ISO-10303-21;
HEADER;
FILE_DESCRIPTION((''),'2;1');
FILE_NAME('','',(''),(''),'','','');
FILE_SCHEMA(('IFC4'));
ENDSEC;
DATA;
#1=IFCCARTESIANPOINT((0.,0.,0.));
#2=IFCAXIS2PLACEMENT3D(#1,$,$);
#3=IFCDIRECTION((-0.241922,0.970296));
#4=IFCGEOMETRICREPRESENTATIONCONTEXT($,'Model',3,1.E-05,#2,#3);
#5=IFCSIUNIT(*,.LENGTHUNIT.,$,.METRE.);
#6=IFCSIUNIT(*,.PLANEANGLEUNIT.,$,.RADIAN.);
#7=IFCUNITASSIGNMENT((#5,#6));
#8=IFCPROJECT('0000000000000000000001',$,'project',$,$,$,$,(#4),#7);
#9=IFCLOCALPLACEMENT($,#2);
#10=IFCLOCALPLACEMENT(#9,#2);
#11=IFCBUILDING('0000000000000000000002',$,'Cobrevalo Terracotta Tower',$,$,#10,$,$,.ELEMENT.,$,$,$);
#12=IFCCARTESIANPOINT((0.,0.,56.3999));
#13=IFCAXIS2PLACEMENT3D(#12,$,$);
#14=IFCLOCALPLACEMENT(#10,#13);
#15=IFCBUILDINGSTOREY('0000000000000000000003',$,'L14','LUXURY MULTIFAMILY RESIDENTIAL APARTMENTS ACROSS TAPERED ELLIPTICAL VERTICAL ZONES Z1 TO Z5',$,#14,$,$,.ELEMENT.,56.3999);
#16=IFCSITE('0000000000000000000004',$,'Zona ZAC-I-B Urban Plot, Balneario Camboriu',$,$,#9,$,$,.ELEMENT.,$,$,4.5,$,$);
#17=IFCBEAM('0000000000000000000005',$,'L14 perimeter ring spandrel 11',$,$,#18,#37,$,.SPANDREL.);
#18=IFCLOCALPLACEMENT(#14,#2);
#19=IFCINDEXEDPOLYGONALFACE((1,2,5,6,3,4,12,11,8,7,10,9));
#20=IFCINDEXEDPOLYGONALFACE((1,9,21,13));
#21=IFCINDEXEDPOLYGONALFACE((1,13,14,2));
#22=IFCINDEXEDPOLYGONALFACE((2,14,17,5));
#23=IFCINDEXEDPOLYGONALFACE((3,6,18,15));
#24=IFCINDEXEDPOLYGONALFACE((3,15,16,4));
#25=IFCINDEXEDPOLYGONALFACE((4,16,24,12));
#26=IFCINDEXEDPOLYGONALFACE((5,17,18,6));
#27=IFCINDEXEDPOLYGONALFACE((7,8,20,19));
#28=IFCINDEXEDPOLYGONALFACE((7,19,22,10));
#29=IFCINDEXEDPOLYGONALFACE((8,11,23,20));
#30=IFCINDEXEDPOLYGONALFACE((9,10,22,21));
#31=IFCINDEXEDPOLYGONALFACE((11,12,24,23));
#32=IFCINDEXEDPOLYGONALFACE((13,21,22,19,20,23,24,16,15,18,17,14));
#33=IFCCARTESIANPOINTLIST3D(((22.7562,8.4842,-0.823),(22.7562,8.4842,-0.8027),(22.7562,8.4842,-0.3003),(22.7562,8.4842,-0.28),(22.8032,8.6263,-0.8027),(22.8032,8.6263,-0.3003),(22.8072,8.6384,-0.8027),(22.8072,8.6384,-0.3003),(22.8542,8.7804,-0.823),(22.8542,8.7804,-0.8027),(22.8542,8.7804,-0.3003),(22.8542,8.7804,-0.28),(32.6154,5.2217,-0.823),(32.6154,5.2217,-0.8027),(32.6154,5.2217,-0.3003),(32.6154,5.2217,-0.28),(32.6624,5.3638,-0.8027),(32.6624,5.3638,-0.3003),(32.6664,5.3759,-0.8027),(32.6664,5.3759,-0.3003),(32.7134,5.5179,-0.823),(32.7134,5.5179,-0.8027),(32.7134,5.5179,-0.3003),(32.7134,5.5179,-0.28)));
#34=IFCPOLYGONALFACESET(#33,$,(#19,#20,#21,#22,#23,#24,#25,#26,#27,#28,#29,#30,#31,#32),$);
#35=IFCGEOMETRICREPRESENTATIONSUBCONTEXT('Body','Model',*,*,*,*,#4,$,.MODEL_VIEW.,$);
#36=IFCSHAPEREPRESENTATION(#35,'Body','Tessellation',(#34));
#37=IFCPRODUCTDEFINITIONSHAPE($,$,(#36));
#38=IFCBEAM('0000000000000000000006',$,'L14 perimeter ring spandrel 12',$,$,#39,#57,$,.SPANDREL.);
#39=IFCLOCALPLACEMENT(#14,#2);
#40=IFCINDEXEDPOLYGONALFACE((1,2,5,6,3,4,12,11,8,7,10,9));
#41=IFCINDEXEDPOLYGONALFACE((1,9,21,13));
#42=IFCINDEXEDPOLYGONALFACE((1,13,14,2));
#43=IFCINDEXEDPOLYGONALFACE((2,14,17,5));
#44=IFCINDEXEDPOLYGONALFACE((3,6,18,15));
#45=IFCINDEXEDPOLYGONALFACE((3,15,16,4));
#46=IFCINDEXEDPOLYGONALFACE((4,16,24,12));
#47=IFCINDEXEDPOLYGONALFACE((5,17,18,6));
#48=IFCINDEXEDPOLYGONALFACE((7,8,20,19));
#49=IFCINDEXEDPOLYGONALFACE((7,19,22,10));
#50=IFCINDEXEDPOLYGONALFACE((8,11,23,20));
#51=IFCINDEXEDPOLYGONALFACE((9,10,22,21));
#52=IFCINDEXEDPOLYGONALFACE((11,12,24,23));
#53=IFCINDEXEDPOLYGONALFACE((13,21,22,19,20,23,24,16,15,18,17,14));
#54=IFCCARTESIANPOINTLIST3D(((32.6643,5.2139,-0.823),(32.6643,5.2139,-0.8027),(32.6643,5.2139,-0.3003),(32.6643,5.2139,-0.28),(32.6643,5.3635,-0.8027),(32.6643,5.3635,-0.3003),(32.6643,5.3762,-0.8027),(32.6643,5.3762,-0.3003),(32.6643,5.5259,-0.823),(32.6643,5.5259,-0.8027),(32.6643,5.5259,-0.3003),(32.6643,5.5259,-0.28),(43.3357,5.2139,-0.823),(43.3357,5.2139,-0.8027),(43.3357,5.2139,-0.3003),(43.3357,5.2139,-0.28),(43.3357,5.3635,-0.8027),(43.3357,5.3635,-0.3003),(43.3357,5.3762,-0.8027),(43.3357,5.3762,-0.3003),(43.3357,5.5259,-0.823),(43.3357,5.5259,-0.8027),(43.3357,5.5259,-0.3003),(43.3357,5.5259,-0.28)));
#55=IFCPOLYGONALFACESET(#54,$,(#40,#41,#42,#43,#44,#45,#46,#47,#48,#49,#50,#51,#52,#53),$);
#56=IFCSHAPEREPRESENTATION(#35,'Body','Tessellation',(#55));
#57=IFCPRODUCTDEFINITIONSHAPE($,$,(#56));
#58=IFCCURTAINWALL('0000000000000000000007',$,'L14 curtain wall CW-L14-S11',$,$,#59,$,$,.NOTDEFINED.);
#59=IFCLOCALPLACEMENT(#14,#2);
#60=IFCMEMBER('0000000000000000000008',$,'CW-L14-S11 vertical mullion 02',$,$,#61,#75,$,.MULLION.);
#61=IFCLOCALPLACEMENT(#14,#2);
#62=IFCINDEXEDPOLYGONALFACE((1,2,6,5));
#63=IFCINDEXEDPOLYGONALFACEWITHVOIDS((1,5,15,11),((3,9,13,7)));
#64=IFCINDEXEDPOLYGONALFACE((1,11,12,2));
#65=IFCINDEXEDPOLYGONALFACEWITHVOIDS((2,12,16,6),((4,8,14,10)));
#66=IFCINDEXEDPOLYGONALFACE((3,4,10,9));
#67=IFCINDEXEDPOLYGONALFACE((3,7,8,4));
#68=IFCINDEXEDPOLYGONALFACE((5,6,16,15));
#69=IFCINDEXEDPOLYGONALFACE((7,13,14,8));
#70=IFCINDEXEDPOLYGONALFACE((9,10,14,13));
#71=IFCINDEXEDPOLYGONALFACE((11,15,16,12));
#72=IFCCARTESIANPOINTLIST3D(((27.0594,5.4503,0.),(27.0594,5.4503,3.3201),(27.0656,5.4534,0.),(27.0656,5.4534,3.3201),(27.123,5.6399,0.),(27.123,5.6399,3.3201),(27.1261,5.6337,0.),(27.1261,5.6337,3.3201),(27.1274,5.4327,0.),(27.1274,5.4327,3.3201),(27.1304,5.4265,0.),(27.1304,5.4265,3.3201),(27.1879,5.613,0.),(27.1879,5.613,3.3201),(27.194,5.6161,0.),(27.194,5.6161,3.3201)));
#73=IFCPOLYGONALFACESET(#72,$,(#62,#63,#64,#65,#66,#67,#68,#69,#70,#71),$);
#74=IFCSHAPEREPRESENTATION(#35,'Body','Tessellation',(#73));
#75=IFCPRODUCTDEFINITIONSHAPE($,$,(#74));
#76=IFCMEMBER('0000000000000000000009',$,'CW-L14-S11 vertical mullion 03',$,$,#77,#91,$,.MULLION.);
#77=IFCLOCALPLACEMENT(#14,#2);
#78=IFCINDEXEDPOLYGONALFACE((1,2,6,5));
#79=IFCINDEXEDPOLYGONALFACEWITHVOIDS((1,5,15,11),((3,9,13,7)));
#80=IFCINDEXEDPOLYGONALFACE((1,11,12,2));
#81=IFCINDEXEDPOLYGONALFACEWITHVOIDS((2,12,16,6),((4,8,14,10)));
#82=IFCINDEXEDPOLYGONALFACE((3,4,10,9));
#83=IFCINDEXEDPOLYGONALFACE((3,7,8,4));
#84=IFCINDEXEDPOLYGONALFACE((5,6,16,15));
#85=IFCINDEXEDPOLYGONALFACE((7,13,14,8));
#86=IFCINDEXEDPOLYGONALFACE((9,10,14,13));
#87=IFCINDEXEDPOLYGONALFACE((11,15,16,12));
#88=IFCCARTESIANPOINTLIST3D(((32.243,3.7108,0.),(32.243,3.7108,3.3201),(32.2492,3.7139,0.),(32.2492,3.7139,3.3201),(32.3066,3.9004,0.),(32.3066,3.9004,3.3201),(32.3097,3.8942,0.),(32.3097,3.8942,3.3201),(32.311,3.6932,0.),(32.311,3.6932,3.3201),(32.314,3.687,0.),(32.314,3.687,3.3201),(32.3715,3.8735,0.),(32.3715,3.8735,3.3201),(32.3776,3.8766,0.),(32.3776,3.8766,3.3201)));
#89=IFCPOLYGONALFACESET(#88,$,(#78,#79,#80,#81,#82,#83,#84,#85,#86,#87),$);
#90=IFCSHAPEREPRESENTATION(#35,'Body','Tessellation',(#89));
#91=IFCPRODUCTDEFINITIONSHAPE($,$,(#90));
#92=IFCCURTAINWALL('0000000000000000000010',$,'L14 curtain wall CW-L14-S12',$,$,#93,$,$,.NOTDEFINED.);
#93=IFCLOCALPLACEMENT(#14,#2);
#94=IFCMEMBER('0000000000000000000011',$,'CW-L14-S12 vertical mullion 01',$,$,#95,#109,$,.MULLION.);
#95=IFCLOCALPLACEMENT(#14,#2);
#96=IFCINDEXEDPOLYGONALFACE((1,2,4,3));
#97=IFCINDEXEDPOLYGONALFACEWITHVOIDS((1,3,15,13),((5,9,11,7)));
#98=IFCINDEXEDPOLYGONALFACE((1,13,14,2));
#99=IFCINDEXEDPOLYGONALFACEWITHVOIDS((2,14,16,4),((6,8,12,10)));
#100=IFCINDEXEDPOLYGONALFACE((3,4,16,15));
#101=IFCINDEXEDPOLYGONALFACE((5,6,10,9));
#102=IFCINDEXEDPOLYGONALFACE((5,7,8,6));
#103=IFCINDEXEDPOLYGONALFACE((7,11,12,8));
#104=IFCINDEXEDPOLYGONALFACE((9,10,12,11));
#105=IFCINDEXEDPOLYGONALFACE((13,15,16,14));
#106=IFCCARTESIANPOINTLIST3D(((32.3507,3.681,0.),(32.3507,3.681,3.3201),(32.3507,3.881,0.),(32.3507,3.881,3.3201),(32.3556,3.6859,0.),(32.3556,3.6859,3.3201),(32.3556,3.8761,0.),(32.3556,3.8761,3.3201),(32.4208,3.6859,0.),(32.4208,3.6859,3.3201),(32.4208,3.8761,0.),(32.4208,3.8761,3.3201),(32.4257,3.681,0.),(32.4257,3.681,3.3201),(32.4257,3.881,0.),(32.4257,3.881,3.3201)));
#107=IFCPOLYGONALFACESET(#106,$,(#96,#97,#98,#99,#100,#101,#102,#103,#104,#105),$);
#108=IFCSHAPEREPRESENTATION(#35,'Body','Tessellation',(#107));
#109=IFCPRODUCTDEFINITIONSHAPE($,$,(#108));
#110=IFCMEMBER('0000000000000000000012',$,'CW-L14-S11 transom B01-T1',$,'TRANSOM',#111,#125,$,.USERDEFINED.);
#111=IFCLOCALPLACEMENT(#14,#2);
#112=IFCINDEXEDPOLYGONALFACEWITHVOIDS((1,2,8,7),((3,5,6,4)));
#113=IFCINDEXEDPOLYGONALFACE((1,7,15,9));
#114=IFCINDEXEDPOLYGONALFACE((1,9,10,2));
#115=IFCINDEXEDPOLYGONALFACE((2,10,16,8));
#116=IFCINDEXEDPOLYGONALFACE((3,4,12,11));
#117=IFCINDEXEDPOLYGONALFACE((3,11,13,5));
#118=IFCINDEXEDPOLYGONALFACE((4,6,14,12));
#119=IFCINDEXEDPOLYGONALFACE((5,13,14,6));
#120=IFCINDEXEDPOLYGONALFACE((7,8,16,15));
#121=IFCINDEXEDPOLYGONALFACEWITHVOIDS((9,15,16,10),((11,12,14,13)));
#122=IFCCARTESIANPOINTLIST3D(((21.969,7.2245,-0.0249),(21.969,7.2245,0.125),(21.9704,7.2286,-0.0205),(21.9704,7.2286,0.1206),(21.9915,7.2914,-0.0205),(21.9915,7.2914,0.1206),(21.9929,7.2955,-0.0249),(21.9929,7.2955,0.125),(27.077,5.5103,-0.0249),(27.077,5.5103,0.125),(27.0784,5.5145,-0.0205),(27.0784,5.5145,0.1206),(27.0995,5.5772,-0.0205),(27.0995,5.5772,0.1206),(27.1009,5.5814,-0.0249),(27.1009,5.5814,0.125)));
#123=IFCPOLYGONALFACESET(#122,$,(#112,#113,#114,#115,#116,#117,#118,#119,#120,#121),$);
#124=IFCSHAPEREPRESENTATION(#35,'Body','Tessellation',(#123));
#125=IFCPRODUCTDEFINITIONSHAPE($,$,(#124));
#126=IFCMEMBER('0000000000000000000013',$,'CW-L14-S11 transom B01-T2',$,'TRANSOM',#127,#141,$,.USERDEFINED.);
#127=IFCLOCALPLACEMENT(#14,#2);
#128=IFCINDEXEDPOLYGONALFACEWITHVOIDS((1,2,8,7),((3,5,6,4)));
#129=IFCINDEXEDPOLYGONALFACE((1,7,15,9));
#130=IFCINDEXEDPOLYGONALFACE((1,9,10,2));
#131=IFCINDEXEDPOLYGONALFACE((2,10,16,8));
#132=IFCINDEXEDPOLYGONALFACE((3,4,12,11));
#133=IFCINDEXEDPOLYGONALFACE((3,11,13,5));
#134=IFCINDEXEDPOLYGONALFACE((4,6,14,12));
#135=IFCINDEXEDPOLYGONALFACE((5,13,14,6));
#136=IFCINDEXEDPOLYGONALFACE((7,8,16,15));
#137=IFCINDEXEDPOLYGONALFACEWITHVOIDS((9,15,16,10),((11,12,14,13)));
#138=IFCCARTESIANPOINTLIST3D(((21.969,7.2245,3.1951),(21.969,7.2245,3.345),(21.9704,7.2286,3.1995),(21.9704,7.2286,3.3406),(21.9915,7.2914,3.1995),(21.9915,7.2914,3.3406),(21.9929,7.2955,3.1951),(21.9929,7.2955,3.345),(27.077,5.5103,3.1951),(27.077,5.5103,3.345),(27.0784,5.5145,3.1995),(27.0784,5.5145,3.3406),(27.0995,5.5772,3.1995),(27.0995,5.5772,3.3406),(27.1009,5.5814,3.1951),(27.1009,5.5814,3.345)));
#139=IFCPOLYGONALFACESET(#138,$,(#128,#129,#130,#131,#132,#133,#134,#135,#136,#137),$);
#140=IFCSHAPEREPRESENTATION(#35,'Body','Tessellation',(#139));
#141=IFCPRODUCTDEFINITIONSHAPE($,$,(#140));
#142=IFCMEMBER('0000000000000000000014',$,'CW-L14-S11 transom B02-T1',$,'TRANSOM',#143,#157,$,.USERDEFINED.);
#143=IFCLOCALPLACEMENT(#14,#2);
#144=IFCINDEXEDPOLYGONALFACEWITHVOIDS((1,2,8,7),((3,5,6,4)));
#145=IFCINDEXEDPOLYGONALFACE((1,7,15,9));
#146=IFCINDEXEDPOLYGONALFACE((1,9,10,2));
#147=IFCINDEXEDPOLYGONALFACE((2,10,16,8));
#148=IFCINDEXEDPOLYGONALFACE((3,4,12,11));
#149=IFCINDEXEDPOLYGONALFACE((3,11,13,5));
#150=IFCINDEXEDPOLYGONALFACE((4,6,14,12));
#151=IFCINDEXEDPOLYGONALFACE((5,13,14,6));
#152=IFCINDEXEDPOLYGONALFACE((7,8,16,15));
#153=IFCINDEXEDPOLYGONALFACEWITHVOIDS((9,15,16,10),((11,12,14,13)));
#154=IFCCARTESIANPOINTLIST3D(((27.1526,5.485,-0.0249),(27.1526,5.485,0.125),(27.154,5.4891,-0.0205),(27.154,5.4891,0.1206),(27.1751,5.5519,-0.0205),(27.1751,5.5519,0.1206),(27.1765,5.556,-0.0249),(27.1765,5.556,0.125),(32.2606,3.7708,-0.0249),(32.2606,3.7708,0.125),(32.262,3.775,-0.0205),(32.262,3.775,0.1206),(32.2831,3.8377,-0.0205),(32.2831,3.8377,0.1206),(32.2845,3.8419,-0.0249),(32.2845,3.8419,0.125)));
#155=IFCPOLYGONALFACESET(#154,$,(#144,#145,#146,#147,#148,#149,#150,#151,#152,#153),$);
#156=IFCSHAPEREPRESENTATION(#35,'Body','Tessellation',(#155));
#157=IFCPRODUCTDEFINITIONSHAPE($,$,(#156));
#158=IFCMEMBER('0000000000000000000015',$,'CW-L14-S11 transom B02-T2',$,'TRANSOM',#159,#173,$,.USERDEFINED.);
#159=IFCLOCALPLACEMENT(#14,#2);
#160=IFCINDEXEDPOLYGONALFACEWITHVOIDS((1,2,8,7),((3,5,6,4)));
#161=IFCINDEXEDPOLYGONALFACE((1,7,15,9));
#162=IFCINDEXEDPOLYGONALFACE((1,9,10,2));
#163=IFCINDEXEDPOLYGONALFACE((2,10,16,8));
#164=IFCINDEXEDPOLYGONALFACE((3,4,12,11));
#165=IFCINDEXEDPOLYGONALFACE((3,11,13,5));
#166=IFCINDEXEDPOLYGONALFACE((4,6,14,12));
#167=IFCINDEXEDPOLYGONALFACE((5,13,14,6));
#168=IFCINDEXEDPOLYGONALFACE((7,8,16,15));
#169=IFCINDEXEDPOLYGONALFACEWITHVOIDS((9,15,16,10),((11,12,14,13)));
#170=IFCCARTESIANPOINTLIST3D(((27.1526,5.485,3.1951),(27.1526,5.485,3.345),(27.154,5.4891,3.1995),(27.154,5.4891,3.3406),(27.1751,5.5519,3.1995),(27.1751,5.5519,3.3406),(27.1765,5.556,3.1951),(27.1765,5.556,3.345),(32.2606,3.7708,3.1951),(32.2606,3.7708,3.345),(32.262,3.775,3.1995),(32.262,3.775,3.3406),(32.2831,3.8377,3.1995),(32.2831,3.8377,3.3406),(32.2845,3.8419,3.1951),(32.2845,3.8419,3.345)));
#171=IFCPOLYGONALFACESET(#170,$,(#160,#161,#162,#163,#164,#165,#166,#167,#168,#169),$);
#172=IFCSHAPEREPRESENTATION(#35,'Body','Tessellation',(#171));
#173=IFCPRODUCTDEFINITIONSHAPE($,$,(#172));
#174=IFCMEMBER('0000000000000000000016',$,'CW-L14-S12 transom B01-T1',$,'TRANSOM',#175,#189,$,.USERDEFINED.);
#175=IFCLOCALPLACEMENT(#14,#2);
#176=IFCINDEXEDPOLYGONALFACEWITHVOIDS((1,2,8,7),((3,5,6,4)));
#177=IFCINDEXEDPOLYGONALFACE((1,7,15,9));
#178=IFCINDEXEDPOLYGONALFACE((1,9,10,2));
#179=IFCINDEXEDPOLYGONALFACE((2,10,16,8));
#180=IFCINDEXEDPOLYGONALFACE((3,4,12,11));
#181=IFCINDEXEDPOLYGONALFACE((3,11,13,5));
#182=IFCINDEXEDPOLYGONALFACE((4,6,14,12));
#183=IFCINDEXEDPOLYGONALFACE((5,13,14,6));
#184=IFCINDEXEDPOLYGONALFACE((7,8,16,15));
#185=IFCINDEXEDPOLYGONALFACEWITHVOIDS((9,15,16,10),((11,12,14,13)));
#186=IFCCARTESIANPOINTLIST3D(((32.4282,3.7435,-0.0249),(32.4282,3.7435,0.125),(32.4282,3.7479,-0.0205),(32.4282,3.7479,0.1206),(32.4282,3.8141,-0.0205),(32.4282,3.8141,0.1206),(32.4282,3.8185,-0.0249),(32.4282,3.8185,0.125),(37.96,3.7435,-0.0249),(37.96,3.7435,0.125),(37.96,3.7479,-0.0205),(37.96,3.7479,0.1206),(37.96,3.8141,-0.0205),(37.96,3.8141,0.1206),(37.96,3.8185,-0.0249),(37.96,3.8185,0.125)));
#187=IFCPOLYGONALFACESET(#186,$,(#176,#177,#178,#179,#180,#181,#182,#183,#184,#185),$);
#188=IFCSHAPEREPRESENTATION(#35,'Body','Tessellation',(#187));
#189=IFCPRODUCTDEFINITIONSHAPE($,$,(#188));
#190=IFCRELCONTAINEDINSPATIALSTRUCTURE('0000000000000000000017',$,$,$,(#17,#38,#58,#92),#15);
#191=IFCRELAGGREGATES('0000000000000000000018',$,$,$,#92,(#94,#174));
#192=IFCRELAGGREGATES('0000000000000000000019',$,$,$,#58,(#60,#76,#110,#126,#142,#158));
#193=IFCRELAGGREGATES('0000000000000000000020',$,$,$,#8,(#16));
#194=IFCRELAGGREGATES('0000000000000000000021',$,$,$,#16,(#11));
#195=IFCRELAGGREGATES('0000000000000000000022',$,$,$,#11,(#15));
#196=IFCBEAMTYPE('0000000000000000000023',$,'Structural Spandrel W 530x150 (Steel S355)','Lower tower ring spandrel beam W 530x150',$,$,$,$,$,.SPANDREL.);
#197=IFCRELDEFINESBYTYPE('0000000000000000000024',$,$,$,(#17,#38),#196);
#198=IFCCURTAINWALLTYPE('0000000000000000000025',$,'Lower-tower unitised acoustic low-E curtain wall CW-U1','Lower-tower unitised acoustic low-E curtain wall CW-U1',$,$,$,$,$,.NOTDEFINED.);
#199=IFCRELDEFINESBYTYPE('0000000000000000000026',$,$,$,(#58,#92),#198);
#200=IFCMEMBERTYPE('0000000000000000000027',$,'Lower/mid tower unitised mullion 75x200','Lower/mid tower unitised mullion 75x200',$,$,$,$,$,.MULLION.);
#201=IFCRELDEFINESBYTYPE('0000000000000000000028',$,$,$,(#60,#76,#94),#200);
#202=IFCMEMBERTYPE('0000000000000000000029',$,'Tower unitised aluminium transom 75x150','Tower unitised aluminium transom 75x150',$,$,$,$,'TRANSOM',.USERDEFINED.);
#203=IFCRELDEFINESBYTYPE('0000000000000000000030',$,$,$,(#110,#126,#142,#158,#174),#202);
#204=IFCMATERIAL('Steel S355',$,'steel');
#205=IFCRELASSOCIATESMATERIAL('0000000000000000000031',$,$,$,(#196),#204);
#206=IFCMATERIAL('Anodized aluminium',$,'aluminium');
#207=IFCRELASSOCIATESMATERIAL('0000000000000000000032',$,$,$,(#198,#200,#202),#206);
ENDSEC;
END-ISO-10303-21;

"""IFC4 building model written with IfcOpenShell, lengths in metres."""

from ifc_helpers import new_model, si_unit, direction, frame, origin, origin_2d, place, context, subcontext, project, spatial, hollow_rectangle, i_section, extrude, source, transform, mapped, material, material_profile, profile_set, type_object, element, aggregate, save


model = new_model("IFC4")

# Units and contexts
model_context = context("Model", 3, precision=1e-05, world=origin(), true_north=direction((-0.241922, 0.970296)))
body_context = subcontext(model_context, "Body", "Model", "MODEL_VIEW")
ifc_project = project(units=[si_unit("LENGTHUNIT", "METRE"), si_unit("PLANEANGLEUNIT", "RADIAN")], contexts=[model_context])

# Site, building, storey
site_placement = place(None, origin())
site = spatial("IfcSite", under=ifc_project, at=site_placement, Name="Zona ZAC-I-B Urban Plot, Balneario Camboriu", CompositionType="ELEMENT", RefElevation=4.5)
building_placement = place(site_placement, origin())
building = spatial("IfcBuilding", under=site, at=building_placement, Name="Cobrevalo Terracotta Tower", CompositionType="ELEMENT")
storey_placement = place(building_placement, frame((0.0, 0.0, 56.3999)))
storey = spatial("IfcBuildingStorey", under=building, at=storey_placement, Name="L14", Description="LUXURY MULTIFAMILY RESIDENTIAL APARTMENTS ACROSS TAPERED ELLIPTICAL VERTICAL ZONES Z1 TO Z5", CompositionType="ELEMENT", Elevation=56.3999)

# Shared definitions
ifc_material_1 = material(Name="Steel S355", Category="steel")

# Beams
ifc_material_profile_1 = material_profile(ifc_material_1, i_section(OverallWidth=0.312, OverallDepth=0.543, WebThickness=0.0127, FlangeThickness=0.0203, at=origin_2d()), Name="W 530x150")
ifc_profile_set_1 = profile_set([ifc_material_profile_1], Name="Steel S355")
beam_type_1 = type_object("IfcBeamType", Name="Structural Spandrel W 530x150 (Steel S355)", Description="Lower tower ring spandrel beam W 530x150", PredefinedType="SPANDREL", material=ifc_profile_set_1)
beam_1_placement = place(storey_placement, frame((22.8052, 8.6323, -0.5515), z_axis=(0.949372, -0.314153, 0.0), x_axis=(0.314153, 0.949372, 0.0)))
element("IfcBeam", 1, at=beam_1_placement, inside=storey, type_object=beam_type_1, Name="L14 perimeter ring spandrel 11", PredefinedType="SPANDREL", context=body_context, shape_type="SweptSolid", body=[
    extrude(i_section(OverallWidth=0.312, OverallDepth=0.543, WebThickness=0.0127, FlangeThickness=0.0203, at=origin_2d()), origin(), (0.0, 0.0, 1.0), 10.385),
])
beam_2_placement = place(storey_placement, frame((32.6643, 5.3699, -0.5515), z_axis=(1.0, 0.0, 0.0), x_axis=(0.0, 1.0, 0.0)))
element("IfcBeam", 2, at=beam_2_placement, inside=storey, type_object=beam_type_1, Name="L14 perimeter ring spandrel 12", PredefinedType="SPANDREL", context=body_context, shape_type="SweptSolid", body=[
    extrude(i_section(OverallWidth=0.312, OverallDepth=0.543, WebThickness=0.0127, FlangeThickness=0.0203, at=origin_2d()), origin(), (0.0, 0.0, 1.0), 10.6714),
])

# Curtain wall, members
ifc_material_2 = material(Name="Anodized aluminium", Category="aluminium")
curtain_wall_type = type_object("IfcCurtainWallType", Name="Lower-tower unitised acoustic low-E curtain wall CW-U1", Description="Lower-tower unitised acoustic low-E curtain wall CW-U1", PredefinedType="NOTDEFINED", material=ifc_material_2)
curtain_wall_1_placement = place(storey_placement, origin())
curtain_wall_1 = element("IfcCurtainWall", 3, at=curtain_wall_1_placement, inside=storey, type_object=curtain_wall_type, Name="L14 curtain wall CW-L14-S11", PredefinedType="NOTDEFINED")
ifc_material_profile_2 = material_profile(ifc_material_2, hollow_rectangle(XDim=0.075, YDim=0.2, WallThickness=0.0049, at=origin_2d()), Name="CWM 75x200")
ifc_profile_set_2 = profile_set([ifc_material_profile_2], Name="Anodized aluminium")
member_type_1 = type_object("IfcMemberType", Name="Lower/mid tower unitised mullion 75x200", Description="Lower/mid tower unitised mullion 75x200", PredefinedType="MULLION", material=ifc_profile_set_2)
shared_shape_1 = source(origin(), body_context, "Body", "SweptSolid", [
    extrude(hollow_rectangle(XDim=0.075, YDim=0.2, WallThickness=0.0049, at=origin_2d()), origin(), (0.0, 0.0, 1.0), 3.3201),
])
member_1_placement = place(storey_placement, frame((27.1267, 5.5332, 0.0), z_axis=(0.0, 0.0, 1.0), x_axis=(0.948046, -0.318132, 0.0)))
member_1 = element("IfcMember", 4, at=member_1_placement, type_object=member_type_1, Name="CW-L14-S11 vertical mullion 02", PredefinedType="MULLION", context=body_context, shape_type="MappedRepresentation", body=[
    mapped(shared_shape_1, transform((0.0, 0.0, 0.0), scale=1.0)),
])
member_2_placement = place(storey_placement, frame((32.3103, 3.7937, 0.0), z_axis=(0.0, 0.0, 1.0), x_axis=(0.948046, -0.318132, 0.0)))
member_2 = element("IfcMember", 5, at=member_2_placement, type_object=member_type_1, Name="CW-L14-S11 vertical mullion 03", PredefinedType="MULLION", context=body_context, shape_type="MappedRepresentation", body=[
    mapped(shared_shape_1, transform((0.0, 0.0, 0.0), scale=1.0)),
])

# Curtain wall, member
curtain_wall_2_placement = place(storey_placement, origin())
curtain_wall_2 = element("IfcCurtainWall", 6, at=curtain_wall_2_placement, inside=storey, type_object=curtain_wall_type, Name="L14 curtain wall CW-L14-S12", PredefinedType="NOTDEFINED")
member_3_placement = place(storey_placement, frame((32.3882, 3.781, 0.0), z_axis=(0.0, 0.0, 1.0), x_axis=(1.0, 0.0, 0.0)))
member_3 = element("IfcMember", 7, at=member_3_placement, type_object=member_type_1, Name="CW-L14-S12 vertical mullion 01", PredefinedType="MULLION", context=body_context, shape_type="MappedRepresentation", body=[
    mapped(shared_shape_1, transform((0.0, 0.0, 0.0), scale=1.0)),
])

# Members
ifc_material_profile_3 = material_profile(ifc_material_2, hollow_rectangle(XDim=0.075, YDim=0.1499, WallThickness=0.0044, at=origin_2d()), Name="CWT 75x150")
ifc_profile_set_3 = profile_set([ifc_material_profile_3], Name="Anodized aluminium")
member_type_2 = type_object("IfcMemberType", Name="Tower unitised aluminium transom 75x150", Description="Tower unitised aluminium transom 75x150", ElementType="TRANSOM", PredefinedType="USERDEFINED", material=ifc_profile_set_3)
shared_shape_2 = source(origin(), body_context, "Body", "SweptSolid", [
    extrude(hollow_rectangle(XDim=0.075, YDim=0.1499, WallThickness=0.0044, at=origin_2d()), origin(), (0.0, 0.0, 1.0), 5.3879),
])
member_4_placement = place(storey_placement, frame((21.981, 7.26, 0.05), z_axis=(0.948042, -0.318144, 0.0), x_axis=(0.318144, 0.948042, 0.0)))
member_4 = element("IfcMember", 8, at=member_4_placement, type_object=member_type_2, Name="CW-L14-S11 transom B01-T1", ObjectType="TRANSOM", PredefinedType="USERDEFINED", context=body_context, shape_type="MappedRepresentation", body=[
    mapped(shared_shape_2, transform((0.0, 0.0, 0.0), scale=1.0)),
])
member_5_placement = place(storey_placement, frame((21.981, 7.26, 3.27), z_axis=(0.948042, -0.318144, 0.0), x_axis=(0.318144, 0.948042, 0.0)))
member_5 = element("IfcMember", 9, at=member_5_placement, type_object=member_type_2, Name="CW-L14-S11 transom B01-T2", ObjectType="TRANSOM", PredefinedType="USERDEFINED", context=body_context, shape_type="MappedRepresentation", body=[
    mapped(shared_shape_2, transform((0.0, 0.0, 0.0), scale=1.0)),
])
member_6_placement = place(storey_placement, frame((27.1646, 5.5205, 0.05), z_axis=(0.948042, -0.318144, 0.0), x_axis=(0.318144, 0.948042, 0.0)))
member_6 = element("IfcMember", 10, at=member_6_placement, type_object=member_type_2, Name="CW-L14-S11 transom B02-T1", ObjectType="TRANSOM", PredefinedType="USERDEFINED", context=body_context, shape_type="MappedRepresentation", body=[
    mapped(shared_shape_2, transform((0.0, 0.0, 0.0), scale=1.0)),
])
member_7_placement = place(storey_placement, frame((27.1646, 5.5205, 3.27), z_axis=(0.948042, -0.318144, 0.0), x_axis=(0.318144, 0.948042, 0.0)))
member_7 = element("IfcMember", 11, at=member_7_placement, type_object=member_type_2, Name="CW-L14-S11 transom B02-T2", ObjectType="TRANSOM", PredefinedType="USERDEFINED", context=body_context, shape_type="MappedRepresentation", body=[
    mapped(shared_shape_2, transform((0.0, 0.0, 0.0), scale=1.0)),
])
shared_shape_3 = source(origin(), body_context, "Body", "SweptSolid", [
    extrude(hollow_rectangle(XDim=0.075, YDim=0.1499, WallThickness=0.0044, at=origin_2d()), origin(), (0.0, 0.0, 1.0), 5.5317),
])
member_8_placement = place(storey_placement, frame((32.4282, 3.781, 0.05), z_axis=(1.0, 0.0, 0.0), x_axis=(0.0, 1.0, 0.0)))
member_8 = element("IfcMember", 12, at=member_8_placement, type_object=member_type_2, Name="CW-L14-S12 transom B01-T1", ObjectType="TRANSOM", PredefinedType="USERDEFINED", context=body_context, shape_type="MappedRepresentation", body=[
    mapped(shared_shape_3, transform((0.0, 0.0, 0.0), scale=1.0)),
])
aggregate(curtain_wall_2, [member_3, member_8])

aggregate(curtain_wall_1, [member_1, member_2, member_4, member_5, member_6, member_7])

save(model, "model.ifc")
